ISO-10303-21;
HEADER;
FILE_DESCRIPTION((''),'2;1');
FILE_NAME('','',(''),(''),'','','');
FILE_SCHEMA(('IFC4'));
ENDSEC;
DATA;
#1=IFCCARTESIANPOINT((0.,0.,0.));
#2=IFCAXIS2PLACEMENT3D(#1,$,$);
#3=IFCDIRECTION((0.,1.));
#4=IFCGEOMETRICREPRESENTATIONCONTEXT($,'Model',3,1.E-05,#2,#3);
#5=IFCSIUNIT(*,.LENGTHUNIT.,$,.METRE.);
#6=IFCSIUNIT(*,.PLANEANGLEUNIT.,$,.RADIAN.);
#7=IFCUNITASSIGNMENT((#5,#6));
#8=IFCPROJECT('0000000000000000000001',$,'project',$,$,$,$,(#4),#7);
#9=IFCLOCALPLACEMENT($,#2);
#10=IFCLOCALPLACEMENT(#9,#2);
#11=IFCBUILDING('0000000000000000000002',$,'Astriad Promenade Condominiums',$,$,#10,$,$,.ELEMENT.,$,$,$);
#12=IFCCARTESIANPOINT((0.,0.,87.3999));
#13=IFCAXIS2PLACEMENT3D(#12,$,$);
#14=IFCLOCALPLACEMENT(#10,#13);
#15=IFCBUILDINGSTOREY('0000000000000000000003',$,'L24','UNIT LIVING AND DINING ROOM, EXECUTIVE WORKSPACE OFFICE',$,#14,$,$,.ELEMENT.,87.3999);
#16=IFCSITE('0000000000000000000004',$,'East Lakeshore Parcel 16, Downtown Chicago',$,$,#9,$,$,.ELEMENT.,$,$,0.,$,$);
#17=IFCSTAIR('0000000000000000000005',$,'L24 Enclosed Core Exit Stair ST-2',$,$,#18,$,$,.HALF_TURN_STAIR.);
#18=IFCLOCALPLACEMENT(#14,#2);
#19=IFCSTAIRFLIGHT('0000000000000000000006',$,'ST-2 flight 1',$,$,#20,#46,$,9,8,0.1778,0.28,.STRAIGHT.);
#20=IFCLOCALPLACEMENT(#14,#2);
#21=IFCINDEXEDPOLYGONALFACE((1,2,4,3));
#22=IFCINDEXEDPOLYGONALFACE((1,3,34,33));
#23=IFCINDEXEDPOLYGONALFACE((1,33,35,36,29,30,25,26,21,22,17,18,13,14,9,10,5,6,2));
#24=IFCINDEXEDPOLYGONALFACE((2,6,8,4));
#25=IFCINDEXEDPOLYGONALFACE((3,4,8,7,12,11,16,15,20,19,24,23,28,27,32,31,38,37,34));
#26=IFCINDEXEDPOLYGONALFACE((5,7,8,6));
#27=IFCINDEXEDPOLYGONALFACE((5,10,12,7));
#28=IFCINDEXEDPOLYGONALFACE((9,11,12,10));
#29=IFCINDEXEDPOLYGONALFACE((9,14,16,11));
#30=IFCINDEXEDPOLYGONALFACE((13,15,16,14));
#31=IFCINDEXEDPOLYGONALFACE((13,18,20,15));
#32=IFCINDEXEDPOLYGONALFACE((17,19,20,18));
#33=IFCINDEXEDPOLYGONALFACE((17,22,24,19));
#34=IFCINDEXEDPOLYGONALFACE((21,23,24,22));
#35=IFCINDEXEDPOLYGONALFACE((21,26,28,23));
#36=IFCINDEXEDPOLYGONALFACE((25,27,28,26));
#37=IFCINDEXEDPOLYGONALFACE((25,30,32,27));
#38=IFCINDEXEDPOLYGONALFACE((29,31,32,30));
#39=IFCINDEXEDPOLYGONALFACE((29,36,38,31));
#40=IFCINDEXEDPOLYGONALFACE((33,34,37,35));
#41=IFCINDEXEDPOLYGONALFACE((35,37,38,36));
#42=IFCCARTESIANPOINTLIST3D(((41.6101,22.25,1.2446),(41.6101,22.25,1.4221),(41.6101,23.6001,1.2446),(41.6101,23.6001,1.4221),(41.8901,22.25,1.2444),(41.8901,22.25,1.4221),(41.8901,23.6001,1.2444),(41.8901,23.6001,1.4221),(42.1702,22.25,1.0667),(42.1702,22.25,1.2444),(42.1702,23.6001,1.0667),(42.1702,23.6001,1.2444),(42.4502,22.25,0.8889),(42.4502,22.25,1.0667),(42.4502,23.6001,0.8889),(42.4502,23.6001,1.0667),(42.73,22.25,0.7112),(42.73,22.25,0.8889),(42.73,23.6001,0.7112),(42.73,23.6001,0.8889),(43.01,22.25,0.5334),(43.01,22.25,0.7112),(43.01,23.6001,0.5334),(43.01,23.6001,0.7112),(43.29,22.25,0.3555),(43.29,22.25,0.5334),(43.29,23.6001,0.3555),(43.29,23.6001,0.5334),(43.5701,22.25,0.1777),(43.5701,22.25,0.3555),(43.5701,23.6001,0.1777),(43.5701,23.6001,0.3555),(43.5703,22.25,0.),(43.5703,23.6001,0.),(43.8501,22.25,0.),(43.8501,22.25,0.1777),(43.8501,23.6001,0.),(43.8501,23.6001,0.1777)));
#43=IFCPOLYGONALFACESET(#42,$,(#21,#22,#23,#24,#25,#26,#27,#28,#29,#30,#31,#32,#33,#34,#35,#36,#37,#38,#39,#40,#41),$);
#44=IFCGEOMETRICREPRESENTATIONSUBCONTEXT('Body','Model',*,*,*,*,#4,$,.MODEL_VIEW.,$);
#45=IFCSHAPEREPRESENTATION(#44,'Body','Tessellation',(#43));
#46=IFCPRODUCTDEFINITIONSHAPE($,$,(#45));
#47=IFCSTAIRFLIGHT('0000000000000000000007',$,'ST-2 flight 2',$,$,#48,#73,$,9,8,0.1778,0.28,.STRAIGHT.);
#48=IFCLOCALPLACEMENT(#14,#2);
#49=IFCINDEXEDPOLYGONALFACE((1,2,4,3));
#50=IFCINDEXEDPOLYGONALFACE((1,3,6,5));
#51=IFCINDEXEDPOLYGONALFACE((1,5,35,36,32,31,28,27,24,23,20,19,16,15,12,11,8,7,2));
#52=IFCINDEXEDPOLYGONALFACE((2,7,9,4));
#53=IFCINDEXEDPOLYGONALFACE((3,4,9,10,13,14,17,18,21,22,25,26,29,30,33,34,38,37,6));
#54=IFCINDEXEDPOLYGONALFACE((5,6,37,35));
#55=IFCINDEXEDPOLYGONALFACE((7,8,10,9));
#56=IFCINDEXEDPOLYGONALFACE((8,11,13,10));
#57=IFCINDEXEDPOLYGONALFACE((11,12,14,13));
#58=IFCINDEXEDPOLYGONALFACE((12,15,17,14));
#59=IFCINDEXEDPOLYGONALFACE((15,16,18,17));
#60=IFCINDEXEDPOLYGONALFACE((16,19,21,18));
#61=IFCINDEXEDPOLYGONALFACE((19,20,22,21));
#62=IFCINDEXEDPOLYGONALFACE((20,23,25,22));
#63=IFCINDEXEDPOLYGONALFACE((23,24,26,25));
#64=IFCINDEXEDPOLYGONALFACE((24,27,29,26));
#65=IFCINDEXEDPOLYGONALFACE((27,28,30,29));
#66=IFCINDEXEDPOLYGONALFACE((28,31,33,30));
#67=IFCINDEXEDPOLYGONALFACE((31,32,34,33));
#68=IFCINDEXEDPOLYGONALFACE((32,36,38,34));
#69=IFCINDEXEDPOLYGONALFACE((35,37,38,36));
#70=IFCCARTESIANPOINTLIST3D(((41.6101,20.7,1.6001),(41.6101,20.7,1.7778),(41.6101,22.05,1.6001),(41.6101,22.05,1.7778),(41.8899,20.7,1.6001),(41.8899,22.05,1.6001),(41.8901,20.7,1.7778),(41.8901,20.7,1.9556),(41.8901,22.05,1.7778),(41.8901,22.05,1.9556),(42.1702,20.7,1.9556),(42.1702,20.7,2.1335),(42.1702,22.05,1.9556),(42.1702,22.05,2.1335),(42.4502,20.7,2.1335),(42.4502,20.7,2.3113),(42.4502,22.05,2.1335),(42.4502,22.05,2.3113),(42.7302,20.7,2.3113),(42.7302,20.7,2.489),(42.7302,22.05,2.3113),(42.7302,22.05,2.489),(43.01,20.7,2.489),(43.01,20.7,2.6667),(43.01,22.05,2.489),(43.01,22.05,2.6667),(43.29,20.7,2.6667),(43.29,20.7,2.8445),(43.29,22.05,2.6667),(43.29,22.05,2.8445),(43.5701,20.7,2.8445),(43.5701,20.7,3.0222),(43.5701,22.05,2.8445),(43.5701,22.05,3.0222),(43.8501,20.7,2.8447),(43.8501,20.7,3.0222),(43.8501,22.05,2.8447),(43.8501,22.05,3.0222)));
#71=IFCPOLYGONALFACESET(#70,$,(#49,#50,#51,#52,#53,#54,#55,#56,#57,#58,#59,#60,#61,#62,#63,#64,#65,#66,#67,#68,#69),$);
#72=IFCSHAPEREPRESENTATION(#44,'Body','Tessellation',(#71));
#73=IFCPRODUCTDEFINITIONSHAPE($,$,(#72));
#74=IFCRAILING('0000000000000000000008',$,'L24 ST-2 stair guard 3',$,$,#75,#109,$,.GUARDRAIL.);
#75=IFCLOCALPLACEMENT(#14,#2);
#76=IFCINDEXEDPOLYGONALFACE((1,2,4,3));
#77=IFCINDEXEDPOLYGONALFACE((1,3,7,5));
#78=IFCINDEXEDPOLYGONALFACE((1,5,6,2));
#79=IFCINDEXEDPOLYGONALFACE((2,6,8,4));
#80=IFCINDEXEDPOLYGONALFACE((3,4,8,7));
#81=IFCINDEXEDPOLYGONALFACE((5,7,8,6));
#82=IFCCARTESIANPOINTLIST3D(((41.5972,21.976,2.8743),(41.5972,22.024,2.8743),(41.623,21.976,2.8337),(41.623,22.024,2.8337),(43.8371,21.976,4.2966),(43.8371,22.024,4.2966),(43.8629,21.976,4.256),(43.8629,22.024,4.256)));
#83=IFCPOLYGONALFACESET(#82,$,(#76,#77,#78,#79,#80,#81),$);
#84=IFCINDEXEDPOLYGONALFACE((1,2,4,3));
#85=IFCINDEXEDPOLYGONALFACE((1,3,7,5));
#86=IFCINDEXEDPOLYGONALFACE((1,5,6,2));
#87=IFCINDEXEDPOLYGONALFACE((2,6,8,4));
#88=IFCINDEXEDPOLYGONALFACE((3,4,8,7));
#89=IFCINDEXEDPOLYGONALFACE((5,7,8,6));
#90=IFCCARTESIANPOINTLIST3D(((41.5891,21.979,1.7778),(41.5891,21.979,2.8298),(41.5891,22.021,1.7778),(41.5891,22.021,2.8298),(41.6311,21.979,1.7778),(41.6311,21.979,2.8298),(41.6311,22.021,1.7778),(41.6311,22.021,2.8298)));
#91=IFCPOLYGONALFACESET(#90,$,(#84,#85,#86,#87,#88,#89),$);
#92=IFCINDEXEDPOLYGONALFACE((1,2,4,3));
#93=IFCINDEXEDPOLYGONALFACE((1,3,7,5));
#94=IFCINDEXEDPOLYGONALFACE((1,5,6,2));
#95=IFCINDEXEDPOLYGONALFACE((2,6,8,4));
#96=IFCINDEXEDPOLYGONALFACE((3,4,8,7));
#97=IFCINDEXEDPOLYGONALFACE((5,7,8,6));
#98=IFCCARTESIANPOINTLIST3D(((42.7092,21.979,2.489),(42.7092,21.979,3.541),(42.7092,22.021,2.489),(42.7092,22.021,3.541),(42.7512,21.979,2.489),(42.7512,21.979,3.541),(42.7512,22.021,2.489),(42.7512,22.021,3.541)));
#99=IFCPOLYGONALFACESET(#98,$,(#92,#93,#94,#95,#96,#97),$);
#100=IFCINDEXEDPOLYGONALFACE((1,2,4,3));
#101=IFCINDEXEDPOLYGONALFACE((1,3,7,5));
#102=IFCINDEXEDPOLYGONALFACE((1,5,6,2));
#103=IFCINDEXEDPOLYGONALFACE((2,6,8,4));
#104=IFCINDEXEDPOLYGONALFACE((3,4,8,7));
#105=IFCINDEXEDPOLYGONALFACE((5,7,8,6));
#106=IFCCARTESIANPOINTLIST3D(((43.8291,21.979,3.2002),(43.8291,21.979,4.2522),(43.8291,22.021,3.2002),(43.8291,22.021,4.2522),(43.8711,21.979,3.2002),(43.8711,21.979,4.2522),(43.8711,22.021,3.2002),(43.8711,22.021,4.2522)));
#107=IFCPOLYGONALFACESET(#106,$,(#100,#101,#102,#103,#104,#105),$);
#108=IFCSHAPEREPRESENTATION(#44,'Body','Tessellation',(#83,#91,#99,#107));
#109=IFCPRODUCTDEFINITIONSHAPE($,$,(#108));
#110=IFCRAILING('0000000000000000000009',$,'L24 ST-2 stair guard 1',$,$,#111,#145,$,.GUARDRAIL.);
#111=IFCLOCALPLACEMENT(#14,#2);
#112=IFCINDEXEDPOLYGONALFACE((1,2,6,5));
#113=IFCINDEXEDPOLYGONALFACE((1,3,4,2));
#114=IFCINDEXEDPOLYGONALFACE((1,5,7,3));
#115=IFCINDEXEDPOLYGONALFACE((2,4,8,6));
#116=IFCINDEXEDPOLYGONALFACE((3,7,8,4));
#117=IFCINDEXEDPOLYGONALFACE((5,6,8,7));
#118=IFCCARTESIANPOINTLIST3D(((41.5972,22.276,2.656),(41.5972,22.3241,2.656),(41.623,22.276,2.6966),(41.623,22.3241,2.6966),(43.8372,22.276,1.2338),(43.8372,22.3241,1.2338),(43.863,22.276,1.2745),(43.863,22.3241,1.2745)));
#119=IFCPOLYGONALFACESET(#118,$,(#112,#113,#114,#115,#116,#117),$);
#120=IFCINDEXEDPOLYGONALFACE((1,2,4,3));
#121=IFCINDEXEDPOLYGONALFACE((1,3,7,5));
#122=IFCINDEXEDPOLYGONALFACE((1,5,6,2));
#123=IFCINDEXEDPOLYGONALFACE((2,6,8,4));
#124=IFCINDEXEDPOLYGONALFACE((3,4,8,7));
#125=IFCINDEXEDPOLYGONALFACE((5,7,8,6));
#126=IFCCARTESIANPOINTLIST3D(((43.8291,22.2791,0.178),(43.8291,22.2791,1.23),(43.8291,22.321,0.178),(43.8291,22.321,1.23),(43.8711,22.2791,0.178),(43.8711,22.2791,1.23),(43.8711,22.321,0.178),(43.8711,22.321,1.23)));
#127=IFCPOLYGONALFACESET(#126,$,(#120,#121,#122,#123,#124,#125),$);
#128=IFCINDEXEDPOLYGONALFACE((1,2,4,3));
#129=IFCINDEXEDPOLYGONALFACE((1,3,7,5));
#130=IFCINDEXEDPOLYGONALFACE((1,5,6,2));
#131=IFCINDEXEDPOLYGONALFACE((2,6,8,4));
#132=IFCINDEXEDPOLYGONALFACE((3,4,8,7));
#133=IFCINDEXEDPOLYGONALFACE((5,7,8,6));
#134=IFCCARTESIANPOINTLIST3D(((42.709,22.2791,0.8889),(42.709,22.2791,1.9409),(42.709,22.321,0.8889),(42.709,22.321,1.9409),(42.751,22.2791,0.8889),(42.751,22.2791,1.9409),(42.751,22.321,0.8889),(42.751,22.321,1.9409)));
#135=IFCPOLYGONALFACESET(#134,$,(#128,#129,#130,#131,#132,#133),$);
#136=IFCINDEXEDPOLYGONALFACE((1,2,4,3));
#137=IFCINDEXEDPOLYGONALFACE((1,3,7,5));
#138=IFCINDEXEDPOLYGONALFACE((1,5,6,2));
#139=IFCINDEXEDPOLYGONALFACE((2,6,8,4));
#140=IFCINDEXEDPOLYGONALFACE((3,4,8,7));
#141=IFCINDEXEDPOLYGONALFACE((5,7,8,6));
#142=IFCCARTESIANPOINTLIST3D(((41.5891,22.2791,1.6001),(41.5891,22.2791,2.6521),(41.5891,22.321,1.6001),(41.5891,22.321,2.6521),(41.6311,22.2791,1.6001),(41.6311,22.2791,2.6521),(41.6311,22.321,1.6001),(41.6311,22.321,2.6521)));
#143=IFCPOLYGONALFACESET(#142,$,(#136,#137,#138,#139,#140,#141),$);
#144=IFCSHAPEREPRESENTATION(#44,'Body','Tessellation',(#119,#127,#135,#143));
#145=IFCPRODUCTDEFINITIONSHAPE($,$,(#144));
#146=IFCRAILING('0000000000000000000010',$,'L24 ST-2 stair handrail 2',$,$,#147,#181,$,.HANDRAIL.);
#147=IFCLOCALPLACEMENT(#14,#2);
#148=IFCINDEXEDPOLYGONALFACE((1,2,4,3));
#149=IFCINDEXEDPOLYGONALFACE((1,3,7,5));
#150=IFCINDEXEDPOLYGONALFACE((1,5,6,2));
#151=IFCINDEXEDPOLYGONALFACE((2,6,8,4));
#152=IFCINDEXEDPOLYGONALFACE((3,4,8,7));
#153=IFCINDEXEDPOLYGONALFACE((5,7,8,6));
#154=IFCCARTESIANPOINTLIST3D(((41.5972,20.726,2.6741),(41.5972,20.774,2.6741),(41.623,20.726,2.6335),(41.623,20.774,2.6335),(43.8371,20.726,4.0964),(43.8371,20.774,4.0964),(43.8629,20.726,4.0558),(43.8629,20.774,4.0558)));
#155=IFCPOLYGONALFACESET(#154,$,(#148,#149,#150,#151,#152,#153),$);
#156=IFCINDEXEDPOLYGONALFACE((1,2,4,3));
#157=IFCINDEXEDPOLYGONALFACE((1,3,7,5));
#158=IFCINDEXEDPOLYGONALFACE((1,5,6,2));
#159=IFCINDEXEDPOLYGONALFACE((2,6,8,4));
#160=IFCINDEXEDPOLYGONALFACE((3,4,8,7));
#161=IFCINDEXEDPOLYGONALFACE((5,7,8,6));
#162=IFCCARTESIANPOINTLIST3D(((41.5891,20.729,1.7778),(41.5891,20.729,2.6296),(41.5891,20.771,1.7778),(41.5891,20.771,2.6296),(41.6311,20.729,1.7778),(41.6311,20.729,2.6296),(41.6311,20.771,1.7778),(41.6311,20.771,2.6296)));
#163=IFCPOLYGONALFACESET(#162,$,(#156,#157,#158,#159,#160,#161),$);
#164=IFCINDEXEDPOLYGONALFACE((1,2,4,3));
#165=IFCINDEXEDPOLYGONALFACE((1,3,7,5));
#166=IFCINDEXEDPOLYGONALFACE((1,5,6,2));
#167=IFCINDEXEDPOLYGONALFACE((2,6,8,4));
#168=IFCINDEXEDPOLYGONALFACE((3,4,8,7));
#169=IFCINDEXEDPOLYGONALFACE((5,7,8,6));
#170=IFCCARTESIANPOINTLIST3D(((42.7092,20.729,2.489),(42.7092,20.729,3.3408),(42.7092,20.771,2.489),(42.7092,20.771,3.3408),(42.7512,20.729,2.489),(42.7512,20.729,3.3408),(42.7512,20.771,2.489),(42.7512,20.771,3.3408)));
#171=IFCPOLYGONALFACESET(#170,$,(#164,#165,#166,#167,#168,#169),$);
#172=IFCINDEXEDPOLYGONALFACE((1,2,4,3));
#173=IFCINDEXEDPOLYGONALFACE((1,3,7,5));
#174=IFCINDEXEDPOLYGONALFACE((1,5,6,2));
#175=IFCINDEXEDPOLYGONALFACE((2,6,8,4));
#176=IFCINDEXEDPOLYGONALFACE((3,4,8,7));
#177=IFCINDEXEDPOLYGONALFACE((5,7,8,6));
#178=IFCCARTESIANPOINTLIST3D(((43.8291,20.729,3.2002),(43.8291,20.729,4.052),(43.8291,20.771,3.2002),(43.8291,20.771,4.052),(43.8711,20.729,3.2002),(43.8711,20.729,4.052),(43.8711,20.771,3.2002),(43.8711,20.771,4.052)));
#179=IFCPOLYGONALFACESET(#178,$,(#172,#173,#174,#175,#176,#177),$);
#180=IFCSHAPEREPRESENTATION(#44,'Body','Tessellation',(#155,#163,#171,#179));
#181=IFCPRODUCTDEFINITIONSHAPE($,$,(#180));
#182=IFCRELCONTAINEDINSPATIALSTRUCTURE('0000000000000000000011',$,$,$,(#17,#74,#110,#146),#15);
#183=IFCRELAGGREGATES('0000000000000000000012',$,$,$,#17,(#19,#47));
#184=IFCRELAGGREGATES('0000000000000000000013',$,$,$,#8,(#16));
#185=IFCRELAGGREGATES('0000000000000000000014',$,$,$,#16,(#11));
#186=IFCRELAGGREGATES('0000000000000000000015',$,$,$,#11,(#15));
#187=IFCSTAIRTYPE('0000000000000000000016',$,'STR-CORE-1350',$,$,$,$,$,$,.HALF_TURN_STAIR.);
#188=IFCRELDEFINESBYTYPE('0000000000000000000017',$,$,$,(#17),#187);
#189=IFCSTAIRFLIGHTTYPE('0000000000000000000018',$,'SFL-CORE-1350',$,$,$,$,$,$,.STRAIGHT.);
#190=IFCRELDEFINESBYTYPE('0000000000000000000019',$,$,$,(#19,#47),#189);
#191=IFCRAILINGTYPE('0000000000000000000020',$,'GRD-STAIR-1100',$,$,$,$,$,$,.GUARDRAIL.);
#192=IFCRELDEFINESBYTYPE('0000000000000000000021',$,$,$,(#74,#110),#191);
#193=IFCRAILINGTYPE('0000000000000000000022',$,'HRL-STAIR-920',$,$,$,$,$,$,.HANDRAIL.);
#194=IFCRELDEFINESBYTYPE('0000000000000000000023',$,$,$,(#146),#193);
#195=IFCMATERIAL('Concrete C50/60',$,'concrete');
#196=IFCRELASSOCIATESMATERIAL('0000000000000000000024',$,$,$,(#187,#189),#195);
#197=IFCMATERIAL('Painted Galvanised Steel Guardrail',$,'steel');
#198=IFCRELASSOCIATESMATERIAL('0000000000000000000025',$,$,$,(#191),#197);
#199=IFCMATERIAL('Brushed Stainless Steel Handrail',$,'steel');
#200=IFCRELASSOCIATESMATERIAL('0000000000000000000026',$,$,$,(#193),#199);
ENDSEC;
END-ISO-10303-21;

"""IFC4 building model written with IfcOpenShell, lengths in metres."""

from ifc_helpers import new_model, si_unit, direction, frame, origin, origin_2d, place, context, subcontext, project, spatial, polyline, rectangle, outline, extrude, source, transform, mapped, material, type_object, type_shapes, element, aggregate, save


model = new_model("IFC4")

# Units and contexts
model_context = context("Model", 3, precision=1e-05, world=origin(), true_north=direction((0.0, 1.0)))
body_context = subcontext(model_context, "Body", "Model", "MODEL_VIEW")
ifc_project = project(units=[si_unit("LENGTHUNIT", "METRE"), si_unit("PLANEANGLEUNIT", "RADIAN")], contexts=[model_context])

# Site, building, storey
site_placement = place(None, origin())
site = spatial("IfcSite", under=ifc_project, at=site_placement, Name="East Lakeshore Parcel 16, Downtown Chicago", CompositionType="ELEMENT", RefElevation=0.0)
building_placement = place(site_placement, origin())
building = spatial("IfcBuilding", under=site, at=building_placement, Name="Astriad Promenade Condominiums", CompositionType="ELEMENT")
storey_placement = place(building_placement, frame((0.0, 0.0, 87.3999)))
storey = spatial("IfcBuildingStorey", under=building, at=storey_placement, Name="L24", Description="UNIT LIVING AND DINING ROOM, EXECUTIVE WORKSPACE OFFICE", CompositionType="ELEMENT", Elevation=87.3999)

# Shared definitions
ifc_material_1 = material(Name="Concrete C50/60", Category="concrete")

# Stair, stair flights
stair_type = type_object("IfcStairType", Name="STR-CORE-1350", PredefinedType="HALF_TURN_STAIR", material=ifc_material_1)
stair_placement = place(storey_placement, origin())
stair = element("IfcStair", 1, at=stair_placement, inside=storey, type_object=stair_type, Name="L24 Enclosed Core Exit Stair ST-2", PredefinedType="HALF_TURN_STAIR")
stair_flight_type = type_object("IfcStairFlightType", Name="SFL-CORE-1350", PredefinedType="STRAIGHT", material=ifc_material_1)
shared_shape_1 = source(origin(), body_context, "Body", "SweptSolid", [
    extrude(outline(polyline([(0.0, 0.0), (0.0, 0.1777), (0.28, 0.1777), (0.28, 0.3555), (0.5601, 0.3555), (0.5601, 0.5334), (0.8401, 0.5334), (0.8401, 0.7112), (1.1201, 0.7112), (1.1201, 0.8889), (1.3999, 0.8889), (1.3999, 1.0667), (1.6799, 1.0667), (1.6799, 1.2444), (1.96, 1.2444), (1.96, 1.4221), (2.24, 1.4221), (2.24, 1.6001), (2.24, 1.2446), (0.2798, 0.0), (0.0, 0.0)])), frame((0.0, 0.675, 0.0), z_axis=(0.0, -1.0, 0.0), x_axis=(1.0, 0.0, 0.0)), (0.0, 0.0, 1.0), 1.3501),
])
type_shapes(stair_flight_type, [shared_shape_1])
stair_flight_1_placement = place(storey_placement, frame((43.8501, 22.925, 0.0), z_axis=(0.0, 0.0, 1.0), x_axis=(-1.0, 0.0, 0.0)))
stair_flight_1 = element("IfcStairFlight", 2, at=stair_flight_1_placement, type_object=stair_flight_type, Name="ST-2 flight 1", NumberOfRisers=9, NumberOfTreads=8, PredefinedType="STRAIGHT", RiserHeight=0.1778, TreadLength=0.28, context=body_context, shape_type="MappedRepresentation", body=[
    mapped(shared_shape_1, transform((0.0, 0.0, 0.0), scale=1.0)),
])
stair_flight_2_placement = place(storey_placement, frame((41.6101, 21.375, 1.6001), z_axis=(0.0, 0.0, 1.0), x_axis=(1.0, 0.0, 0.0)))
stair_flight_2 = element("IfcStairFlight", 3, at=stair_flight_2_placement, type_object=stair_flight_type, Name="ST-2 flight 2", NumberOfRisers=9, NumberOfTreads=8, PredefinedType="STRAIGHT", RiserHeight=0.1778, TreadLength=0.28, context=body_context, shape_type="MappedRepresentation", body=[
    mapped(shared_shape_1, transform((0.0, 0.0, 0.0), scale=1.0)),
])
aggregate(stair, [stair_flight_1, stair_flight_2])

# Railings
ifc_material_2 = material(Name="Painted Galvanised Steel Guardrail", Category="steel")
railing_type_1 = type_object("IfcRailingType", Name="GRD-STAIR-1100", PredefinedType="GUARDRAIL", material=ifc_material_2)
shared_shape_2 = source(origin(), body_context, "Body", "SweptSolid", [
    extrude(rectangle(XDim=0.0481, YDim=0.0481, at=origin_2d()), frame((0.0, 0.0, 1.0762), z_axis=(0.844188, 0.0, 0.536048), x_axis=(0.0, 1.0, 0.0)), (0.0, 0.0, 1.0), 2.6533),
    extrude(rectangle(XDim=0.042, YDim=0.042, at=origin_2d()), origin(), (0.0, 0.0, 1.0), 1.052),
    extrude(rectangle(XDim=0.042, YDim=0.042, at=origin_2d()), frame((1.1201, 0.0, 0.7112)), (0.0, 0.0, 1.0), 1.052),
    extrude(rectangle(XDim=0.042, YDim=0.042, at=origin_2d()), frame((2.24, 0.0, 1.4224)), (0.0, 0.0, 1.0), 1.052),
])
railing_1_placement = place(storey_placement, frame((41.6101, 22.0, 1.7778)))
element("IfcRailing", 4, at=railing_1_placement, inside=storey, type_object=railing_type_1, Name="L24 ST-2 stair guard 3", PredefinedType="GUARDRAIL", context=body_context, shape_type="MappedRepresentation", body=[
    mapped(shared_shape_2, transform((0.0, 0.0, 0.0), scale=1.0)),
])
shared_shape_3 = source(origin(), body_context, "Body", "SweptSolid", [
    extrude(rectangle(XDim=0.0481, YDim=0.0481, at=origin_2d()), frame((0.0, 0.0, 1.0762), z_axis=(-0.844229, 0.0, 0.535982), x_axis=(0.0, -1.0, 0.0)), (0.0, 0.0, 1.0), 2.6533),
    extrude(rectangle(XDim=0.042, YDim=0.042, at=origin_2d()), origin(), (0.0, 0.0, 1.0), 1.052),
    extrude(rectangle(XDim=0.042, YDim=0.042, at=origin_2d()), frame((-1.1201, 0.0, 0.7109)), (0.0, 0.0, 1.0), 1.052),
    extrude(rectangle(XDim=0.042, YDim=0.042, at=origin_2d()), frame((-2.24, 0.0, 1.4221)), (0.0, 0.0, 1.0), 1.052),
])
railing_2_placement = place(storey_placement, frame((43.8501, 22.3, 0.178)))
element("IfcRailing", 5, at=railing_2_placement, inside=storey, type_object=railing_type_1, Name="L24 ST-2 stair guard 1", PredefinedType="GUARDRAIL", context=body_context, shape_type="MappedRepresentation", body=[
    mapped(shared_shape_3, transform((0.0, 0.0, 0.0), scale=1.0)),
])
ifc_material_3 = material(Name="Brushed Stainless Steel Handrail", Category="steel")
railing_type_2 = type_object("IfcRailingType", Name="HRL-STAIR-920", PredefinedType="HANDRAIL", material=ifc_material_3)
shared_shape_4 = source(origin(), body_context, "Body", "SweptSolid", [
    extrude(rectangle(XDim=0.0481, YDim=0.0481, at=origin_2d()), frame((0.0, 0.0, 0.876), z_axis=(0.844188, 0.0, 0.536048), x_axis=(0.0, 1.0, 0.0)), (0.0, 0.0, 1.0), 2.6533),
    extrude(rectangle(XDim=0.042, YDim=0.042, at=origin_2d()), origin(), (0.0, 0.0, 1.0), 0.8518),
    extrude(rectangle(XDim=0.042, YDim=0.042, at=origin_2d()), frame((1.1201, 0.0, 0.7112)), (0.0, 0.0, 1.0), 0.8518),
    extrude(rectangle(XDim=0.042, YDim=0.042, at=origin_2d()), frame((2.24, 0.0, 1.4224)), (0.0, 0.0, 1.0), 0.8518),
])
railing_3_placement = place(storey_placement, frame((41.6101, 20.75, 1.7778)))
element("IfcRailing", 6, at=railing_3_placement, inside=storey, type_object=railing_type_2, Name="L24 ST-2 stair handrail 2", PredefinedType="HANDRAIL", context=body_context, shape_type="MappedRepresentation", body=[
    mapped(shared_shape_4, transform((0.0, 0.0, 0.0), scale=1.0)),
])

save(model, "model.ifc")
